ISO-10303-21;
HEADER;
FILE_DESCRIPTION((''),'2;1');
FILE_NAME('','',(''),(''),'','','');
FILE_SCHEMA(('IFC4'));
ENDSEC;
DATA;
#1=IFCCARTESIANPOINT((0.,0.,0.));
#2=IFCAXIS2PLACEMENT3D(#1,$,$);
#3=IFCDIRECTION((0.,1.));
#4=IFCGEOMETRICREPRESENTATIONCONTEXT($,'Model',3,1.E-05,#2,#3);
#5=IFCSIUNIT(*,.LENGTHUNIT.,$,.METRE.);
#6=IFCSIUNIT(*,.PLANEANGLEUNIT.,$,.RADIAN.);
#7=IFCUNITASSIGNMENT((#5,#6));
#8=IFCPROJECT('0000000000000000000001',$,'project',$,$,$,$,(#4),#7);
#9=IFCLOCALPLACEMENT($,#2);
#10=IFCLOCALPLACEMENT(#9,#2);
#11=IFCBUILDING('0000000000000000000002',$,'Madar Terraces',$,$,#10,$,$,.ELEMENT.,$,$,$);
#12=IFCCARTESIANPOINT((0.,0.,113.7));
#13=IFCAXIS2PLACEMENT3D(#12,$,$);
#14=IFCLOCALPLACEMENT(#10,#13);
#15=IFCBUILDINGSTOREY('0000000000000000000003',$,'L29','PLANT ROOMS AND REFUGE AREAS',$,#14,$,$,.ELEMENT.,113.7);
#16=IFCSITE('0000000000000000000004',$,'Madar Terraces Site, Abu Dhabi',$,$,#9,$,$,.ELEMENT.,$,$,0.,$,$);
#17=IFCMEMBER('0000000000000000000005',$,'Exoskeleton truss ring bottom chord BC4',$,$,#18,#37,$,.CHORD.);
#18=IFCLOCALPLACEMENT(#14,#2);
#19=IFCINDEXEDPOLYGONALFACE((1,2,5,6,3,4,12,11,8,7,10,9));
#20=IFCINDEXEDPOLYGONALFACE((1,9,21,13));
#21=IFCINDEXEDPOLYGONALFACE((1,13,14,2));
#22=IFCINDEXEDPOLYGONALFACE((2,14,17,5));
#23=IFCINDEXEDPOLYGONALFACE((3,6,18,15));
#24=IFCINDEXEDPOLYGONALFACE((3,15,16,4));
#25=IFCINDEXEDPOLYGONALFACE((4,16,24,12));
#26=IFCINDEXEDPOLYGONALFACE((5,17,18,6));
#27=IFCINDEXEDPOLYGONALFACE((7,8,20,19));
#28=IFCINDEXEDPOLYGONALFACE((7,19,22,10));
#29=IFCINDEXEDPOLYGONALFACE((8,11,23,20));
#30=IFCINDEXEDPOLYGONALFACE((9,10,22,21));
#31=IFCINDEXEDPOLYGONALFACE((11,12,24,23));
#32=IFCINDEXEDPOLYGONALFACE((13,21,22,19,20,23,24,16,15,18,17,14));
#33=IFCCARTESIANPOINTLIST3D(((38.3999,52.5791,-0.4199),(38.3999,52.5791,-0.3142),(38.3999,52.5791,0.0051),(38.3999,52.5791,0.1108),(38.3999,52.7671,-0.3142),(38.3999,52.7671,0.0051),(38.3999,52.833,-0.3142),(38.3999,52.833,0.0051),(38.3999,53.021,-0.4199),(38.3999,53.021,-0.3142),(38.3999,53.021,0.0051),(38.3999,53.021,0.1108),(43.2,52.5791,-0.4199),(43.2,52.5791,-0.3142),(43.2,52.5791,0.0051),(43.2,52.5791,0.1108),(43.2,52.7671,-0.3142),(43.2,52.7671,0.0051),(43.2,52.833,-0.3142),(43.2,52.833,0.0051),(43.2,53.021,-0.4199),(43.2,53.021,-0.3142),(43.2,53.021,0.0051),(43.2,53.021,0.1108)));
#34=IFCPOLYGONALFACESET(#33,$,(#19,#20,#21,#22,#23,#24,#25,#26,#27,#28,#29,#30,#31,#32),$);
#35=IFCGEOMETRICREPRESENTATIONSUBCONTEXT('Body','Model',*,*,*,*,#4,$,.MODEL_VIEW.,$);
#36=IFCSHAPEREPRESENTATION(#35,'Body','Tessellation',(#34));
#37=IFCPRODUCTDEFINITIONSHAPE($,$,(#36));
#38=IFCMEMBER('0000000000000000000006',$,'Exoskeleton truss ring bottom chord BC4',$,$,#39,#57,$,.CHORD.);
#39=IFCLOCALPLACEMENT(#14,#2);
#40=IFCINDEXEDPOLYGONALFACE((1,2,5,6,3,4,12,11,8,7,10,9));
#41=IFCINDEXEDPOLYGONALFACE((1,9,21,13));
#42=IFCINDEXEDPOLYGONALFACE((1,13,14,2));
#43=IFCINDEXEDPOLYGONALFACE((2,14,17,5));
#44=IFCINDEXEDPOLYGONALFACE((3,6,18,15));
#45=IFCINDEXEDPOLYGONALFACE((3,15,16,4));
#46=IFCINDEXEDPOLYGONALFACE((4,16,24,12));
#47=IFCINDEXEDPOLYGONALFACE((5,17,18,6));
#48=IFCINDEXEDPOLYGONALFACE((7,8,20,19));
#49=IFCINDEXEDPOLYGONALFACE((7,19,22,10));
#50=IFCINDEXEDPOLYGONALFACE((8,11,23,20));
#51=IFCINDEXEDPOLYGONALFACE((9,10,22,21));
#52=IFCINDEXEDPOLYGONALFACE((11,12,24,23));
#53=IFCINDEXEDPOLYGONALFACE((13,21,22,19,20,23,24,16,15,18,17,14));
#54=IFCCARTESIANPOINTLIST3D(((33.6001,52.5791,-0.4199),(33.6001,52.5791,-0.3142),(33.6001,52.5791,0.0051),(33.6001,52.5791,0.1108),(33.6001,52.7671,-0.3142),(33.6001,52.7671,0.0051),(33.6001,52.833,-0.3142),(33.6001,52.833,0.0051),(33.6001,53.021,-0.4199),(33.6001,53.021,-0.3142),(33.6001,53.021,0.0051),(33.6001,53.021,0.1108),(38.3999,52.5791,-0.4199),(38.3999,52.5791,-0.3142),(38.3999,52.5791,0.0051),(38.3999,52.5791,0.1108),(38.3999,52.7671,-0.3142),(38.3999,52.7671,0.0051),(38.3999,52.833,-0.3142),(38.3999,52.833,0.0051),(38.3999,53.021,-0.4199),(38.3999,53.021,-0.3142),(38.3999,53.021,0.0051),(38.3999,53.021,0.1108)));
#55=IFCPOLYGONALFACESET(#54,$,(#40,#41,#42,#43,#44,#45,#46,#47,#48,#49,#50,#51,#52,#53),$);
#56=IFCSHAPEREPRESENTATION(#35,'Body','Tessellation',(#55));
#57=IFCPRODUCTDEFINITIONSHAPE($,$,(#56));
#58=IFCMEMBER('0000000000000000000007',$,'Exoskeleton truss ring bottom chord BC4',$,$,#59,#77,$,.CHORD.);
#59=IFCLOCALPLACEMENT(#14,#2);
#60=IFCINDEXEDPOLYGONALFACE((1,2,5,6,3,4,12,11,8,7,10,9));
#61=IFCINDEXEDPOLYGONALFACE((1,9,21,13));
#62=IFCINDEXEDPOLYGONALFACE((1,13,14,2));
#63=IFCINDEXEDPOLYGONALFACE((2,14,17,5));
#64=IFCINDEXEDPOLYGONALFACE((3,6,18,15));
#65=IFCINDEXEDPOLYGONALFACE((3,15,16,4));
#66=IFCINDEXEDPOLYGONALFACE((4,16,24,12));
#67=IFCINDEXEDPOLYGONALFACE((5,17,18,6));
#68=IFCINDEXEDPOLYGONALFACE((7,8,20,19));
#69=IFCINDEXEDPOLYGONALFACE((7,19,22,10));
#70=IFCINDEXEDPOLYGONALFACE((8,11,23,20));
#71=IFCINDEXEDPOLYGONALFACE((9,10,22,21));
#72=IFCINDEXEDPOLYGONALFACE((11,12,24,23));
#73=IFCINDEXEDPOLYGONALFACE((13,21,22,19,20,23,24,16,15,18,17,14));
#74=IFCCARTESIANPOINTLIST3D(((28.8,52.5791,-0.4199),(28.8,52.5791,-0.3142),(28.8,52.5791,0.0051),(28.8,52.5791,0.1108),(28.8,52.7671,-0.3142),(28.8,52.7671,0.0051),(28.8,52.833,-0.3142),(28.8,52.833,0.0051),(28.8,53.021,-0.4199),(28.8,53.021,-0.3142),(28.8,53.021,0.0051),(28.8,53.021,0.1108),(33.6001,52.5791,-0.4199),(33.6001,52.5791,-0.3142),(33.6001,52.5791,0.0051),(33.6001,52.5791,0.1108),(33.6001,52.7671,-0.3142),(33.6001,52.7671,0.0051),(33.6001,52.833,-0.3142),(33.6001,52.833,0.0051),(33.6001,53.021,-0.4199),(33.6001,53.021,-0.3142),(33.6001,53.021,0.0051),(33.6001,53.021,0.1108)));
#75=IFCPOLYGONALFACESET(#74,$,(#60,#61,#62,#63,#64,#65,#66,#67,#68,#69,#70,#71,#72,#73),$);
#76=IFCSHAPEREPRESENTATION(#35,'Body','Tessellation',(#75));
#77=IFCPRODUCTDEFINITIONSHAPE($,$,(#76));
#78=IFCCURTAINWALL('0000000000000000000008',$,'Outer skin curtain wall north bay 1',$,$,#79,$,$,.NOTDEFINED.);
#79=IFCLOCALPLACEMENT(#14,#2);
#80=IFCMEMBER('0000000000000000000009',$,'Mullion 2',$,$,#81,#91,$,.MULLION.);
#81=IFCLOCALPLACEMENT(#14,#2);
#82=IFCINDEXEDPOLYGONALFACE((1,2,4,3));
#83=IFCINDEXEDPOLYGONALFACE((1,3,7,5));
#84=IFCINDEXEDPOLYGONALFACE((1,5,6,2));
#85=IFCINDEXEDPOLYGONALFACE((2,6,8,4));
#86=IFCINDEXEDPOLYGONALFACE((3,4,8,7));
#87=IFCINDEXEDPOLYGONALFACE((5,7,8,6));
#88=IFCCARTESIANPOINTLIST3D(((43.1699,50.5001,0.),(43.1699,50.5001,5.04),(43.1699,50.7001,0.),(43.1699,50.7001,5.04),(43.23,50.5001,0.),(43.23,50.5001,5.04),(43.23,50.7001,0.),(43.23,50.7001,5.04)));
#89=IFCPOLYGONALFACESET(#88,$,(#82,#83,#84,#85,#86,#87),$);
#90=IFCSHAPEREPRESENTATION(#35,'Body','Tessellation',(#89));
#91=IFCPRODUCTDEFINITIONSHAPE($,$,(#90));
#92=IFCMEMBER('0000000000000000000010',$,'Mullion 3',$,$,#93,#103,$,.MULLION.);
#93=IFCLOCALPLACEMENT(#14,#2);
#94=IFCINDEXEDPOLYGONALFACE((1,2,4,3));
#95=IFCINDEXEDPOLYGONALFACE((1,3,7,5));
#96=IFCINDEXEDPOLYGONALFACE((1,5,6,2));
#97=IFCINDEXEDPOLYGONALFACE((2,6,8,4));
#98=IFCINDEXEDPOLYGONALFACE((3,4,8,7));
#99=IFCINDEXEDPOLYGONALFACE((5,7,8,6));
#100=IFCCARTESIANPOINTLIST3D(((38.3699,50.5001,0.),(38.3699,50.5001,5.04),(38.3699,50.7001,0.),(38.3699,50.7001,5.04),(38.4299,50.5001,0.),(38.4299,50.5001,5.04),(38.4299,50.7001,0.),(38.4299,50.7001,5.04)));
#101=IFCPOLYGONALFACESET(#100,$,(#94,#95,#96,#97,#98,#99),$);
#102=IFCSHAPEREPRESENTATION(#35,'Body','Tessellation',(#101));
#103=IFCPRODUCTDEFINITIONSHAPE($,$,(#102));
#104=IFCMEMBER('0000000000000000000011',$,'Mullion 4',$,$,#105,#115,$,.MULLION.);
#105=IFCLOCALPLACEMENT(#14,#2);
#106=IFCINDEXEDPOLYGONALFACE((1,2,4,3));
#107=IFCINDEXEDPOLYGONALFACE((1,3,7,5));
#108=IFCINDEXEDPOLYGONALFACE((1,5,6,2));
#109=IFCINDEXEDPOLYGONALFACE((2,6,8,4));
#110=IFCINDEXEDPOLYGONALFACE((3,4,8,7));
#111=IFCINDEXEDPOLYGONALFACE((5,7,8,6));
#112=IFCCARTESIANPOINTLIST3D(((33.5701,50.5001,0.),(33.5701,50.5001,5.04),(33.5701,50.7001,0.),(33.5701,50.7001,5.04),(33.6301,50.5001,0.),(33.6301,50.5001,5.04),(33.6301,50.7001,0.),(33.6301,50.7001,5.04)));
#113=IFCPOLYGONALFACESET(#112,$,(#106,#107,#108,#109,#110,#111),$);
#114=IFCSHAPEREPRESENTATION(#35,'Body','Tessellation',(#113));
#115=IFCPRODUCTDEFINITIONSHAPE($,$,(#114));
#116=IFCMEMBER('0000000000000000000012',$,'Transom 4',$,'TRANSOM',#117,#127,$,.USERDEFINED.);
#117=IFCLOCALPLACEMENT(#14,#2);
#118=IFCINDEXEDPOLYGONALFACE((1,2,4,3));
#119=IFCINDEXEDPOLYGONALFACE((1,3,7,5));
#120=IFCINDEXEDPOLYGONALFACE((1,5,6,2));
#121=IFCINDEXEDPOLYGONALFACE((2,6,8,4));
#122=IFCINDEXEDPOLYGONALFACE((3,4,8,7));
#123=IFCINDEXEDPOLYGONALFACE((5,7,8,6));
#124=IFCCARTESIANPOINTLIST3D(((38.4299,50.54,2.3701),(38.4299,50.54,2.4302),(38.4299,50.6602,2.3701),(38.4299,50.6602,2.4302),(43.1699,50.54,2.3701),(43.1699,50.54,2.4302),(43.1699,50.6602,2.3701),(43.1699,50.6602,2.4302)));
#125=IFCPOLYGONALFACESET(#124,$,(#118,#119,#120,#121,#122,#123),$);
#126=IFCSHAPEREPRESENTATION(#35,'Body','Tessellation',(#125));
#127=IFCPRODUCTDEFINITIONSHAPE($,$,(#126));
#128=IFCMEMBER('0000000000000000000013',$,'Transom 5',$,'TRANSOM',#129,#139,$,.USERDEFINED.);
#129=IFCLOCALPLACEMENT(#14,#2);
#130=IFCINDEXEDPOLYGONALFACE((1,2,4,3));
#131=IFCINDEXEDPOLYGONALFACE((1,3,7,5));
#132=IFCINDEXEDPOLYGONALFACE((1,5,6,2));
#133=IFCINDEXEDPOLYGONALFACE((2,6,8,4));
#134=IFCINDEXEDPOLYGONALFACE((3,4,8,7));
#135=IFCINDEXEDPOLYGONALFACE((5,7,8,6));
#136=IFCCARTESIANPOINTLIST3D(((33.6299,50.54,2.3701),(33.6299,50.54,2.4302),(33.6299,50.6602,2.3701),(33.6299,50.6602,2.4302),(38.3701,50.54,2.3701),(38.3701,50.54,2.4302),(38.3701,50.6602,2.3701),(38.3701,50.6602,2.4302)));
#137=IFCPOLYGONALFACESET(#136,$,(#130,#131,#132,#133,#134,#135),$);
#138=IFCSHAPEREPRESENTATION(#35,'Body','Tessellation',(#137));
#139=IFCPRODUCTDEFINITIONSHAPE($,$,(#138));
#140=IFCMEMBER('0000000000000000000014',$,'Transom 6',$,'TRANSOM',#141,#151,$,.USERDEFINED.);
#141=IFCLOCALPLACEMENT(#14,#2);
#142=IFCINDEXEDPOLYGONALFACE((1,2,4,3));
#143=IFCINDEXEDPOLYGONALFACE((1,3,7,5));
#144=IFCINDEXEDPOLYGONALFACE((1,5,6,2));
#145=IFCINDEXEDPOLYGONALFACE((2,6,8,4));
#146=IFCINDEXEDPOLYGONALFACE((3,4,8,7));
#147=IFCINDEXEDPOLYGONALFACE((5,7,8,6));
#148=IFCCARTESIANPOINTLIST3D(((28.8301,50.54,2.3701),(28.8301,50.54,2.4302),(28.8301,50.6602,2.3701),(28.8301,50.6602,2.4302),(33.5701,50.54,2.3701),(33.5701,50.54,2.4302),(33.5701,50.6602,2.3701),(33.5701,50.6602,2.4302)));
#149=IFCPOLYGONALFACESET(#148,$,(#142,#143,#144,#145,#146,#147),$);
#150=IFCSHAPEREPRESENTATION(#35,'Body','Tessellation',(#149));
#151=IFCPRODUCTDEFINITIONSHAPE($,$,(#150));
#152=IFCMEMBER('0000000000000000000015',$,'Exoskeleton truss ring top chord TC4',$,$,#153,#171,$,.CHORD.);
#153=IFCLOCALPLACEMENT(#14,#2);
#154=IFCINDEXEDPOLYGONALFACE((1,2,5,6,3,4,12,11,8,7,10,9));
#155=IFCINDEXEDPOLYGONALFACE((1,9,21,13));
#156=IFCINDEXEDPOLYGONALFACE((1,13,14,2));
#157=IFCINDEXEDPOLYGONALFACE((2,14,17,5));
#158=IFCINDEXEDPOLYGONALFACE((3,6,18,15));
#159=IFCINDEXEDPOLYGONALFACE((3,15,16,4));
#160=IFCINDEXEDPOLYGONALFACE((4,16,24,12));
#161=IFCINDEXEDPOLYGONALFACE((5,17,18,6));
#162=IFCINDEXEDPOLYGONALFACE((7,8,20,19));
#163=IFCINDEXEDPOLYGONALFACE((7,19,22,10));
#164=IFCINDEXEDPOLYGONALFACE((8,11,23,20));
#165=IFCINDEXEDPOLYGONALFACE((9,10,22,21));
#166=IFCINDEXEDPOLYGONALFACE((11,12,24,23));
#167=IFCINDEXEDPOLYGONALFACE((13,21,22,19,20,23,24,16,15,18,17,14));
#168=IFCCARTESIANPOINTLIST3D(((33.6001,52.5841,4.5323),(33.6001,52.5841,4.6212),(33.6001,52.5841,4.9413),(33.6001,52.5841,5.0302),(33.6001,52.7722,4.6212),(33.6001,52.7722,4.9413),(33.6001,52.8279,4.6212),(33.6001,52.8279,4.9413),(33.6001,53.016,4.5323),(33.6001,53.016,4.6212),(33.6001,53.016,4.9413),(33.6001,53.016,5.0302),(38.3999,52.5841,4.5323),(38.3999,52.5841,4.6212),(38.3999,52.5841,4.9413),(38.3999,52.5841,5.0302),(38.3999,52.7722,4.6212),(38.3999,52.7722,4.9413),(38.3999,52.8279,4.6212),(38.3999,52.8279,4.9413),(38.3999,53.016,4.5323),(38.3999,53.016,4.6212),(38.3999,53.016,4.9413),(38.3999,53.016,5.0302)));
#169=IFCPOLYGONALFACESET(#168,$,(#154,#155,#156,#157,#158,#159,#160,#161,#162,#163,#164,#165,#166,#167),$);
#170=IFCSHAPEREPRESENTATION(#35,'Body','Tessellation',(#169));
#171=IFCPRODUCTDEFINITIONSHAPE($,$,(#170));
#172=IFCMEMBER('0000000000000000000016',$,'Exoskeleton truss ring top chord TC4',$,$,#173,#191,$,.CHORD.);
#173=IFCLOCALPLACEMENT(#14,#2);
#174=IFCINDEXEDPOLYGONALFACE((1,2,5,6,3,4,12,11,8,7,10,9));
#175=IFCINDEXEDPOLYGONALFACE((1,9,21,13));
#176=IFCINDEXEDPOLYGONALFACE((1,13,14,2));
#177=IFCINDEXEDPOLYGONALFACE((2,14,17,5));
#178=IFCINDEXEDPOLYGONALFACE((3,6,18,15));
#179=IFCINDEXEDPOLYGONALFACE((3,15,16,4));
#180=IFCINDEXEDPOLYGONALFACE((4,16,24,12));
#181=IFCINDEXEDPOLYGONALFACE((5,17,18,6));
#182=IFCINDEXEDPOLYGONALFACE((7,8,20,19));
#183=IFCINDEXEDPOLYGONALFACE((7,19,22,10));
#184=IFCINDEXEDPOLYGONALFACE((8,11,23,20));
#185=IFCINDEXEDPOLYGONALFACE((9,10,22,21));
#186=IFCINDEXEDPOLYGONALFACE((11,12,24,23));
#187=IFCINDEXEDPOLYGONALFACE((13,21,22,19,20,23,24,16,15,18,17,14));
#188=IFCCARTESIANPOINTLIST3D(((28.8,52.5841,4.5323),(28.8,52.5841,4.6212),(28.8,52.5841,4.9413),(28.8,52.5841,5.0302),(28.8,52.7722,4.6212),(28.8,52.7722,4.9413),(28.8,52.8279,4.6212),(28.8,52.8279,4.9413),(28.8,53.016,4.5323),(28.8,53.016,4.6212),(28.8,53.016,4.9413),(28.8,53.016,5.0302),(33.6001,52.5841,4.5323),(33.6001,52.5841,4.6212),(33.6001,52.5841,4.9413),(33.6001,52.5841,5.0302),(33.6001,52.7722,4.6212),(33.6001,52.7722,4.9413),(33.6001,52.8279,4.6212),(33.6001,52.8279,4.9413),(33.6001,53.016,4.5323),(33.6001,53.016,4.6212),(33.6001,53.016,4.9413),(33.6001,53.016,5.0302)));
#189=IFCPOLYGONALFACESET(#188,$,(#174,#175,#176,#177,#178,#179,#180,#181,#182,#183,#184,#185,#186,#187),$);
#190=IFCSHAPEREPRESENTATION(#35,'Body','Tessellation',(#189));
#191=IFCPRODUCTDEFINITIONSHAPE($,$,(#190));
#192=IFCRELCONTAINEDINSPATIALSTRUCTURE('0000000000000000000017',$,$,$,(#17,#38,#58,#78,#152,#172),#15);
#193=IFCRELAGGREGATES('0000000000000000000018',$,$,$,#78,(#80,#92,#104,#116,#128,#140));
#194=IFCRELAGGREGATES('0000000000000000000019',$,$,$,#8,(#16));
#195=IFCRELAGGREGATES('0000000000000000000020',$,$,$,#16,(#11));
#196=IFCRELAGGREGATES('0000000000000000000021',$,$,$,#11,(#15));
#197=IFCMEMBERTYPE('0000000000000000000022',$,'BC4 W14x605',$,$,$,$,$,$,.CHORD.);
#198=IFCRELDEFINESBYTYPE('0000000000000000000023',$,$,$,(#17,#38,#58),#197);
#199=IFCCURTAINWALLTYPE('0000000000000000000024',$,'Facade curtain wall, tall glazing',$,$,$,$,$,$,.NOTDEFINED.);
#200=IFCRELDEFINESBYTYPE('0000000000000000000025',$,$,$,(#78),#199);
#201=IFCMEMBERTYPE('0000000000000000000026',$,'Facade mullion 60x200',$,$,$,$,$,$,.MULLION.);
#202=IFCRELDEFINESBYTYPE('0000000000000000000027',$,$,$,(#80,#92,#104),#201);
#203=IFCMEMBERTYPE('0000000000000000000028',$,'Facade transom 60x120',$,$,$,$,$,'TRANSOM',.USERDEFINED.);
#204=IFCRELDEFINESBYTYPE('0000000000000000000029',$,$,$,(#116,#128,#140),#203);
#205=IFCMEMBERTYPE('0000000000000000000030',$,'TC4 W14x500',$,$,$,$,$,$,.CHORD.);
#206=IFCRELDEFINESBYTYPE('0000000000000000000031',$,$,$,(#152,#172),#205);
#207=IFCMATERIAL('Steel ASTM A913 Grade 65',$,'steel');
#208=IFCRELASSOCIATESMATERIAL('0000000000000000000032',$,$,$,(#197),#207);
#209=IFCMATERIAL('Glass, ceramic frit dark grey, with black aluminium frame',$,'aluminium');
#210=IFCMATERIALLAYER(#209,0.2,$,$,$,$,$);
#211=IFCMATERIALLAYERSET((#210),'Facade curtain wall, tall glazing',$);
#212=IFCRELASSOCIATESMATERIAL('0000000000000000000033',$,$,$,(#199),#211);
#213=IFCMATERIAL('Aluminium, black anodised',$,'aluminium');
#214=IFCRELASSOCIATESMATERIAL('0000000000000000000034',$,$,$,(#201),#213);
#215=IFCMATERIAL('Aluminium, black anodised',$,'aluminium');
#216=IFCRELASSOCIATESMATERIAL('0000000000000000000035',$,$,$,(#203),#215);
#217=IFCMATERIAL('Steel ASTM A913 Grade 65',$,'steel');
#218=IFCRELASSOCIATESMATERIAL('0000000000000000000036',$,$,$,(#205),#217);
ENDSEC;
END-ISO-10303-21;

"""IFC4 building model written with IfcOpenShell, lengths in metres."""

from ifc_helpers import new_model, si_unit, direction, frame, origin, origin_2d, place, context, subcontext, project, spatial, rectangle, i_section, extrude, material, layer, layer_set, material_profile, profile_set, type_object, element, aggregate, save


model = new_model("IFC4")

# Units and contexts
model_context = context("Model", 3, precision=1e-05, world=origin(), true_north=direction((0.0, 1.0)))
body_context = subcontext(model_context, "Body", "Model", "MODEL_VIEW")
ifc_project = project(units=[si_unit("LENGTHUNIT", "METRE"), si_unit("PLANEANGLEUNIT", "RADIAN")], contexts=[model_context])

# Site, building, storey
site_placement = place(None, origin())
site = spatial("IfcSite", under=ifc_project, at=site_placement, Name="Madar Terraces Site, Abu Dhabi", CompositionType="ELEMENT", RefElevation=0.0)
building_placement = place(site_placement, origin())
building = spatial("IfcBuilding", under=site, at=building_placement, Name="Madar Terraces", CompositionType="ELEMENT")
storey_placement = place(building_placement, frame((0.0, 0.0, 113.7)))
storey = spatial("IfcBuildingStorey", under=building, at=storey_placement, Name="L29", Description="PLANT ROOMS AND REFUGE AREAS", CompositionType="ELEMENT", Elevation=113.7)

# Members
ifc_material_1 = material(Name="Steel ASTM A913 Grade 65", Category="steel")
ifc_material_profile_1 = material_profile(ifc_material_1, i_section(OverallWidth=0.4419, OverallDepth=0.5308, WebThickness=0.0659, FlangeThickness=0.1057, at=origin_2d()), Name="W14x605")
ifc_profile_set_1 = profile_set([ifc_material_profile_1], Name="Steel ASTM A913 Grade 65")
member_type_1 = type_object("IfcMemberType", Name="BC4 W14x605", PredefinedType="CHORD", material=ifc_profile_set_1)
member_1_placement = place(storey_placement, frame((43.2, 52.8, -0.1545), z_axis=(-1.0, 0.0, 0.0), x_axis=(0.0, -1.0, 0.0)))
element("IfcMember", 1, at=member_1_placement, inside=storey, type_object=member_type_1, Name="Exoskeleton truss ring bottom chord BC4", PredefinedType="CHORD", context=body_context, shape_type="SweptSolid", body=[
    extrude(i_section(OverallWidth=0.4419, OverallDepth=0.5308, WebThickness=0.0659, FlangeThickness=0.1057, at=origin_2d()), origin(), (0.0, 0.0, 1.0), 4.8),
])
member_2_placement = place(storey_placement, frame((38.3999, 52.8, -0.1545), z_axis=(-1.0, 0.0, 0.0), x_axis=(0.0, -1.0, 0.0)))
element("IfcMember", 2, at=member_2_placement, inside=storey, type_object=member_type_1, Name="Exoskeleton truss ring bottom chord BC4", PredefinedType="CHORD", context=body_context, shape_type="SweptSolid", body=[
    extrude(i_section(OverallWidth=0.4419, OverallDepth=0.5308, WebThickness=0.0659, FlangeThickness=0.1057, at=origin_2d()), origin(), (0.0, 0.0, 1.0), 4.7998),
])
member_3_placement = place(storey_placement, frame((33.6001, 52.8, -0.1545), z_axis=(-1.0, 0.0, 0.0), x_axis=(0.0, -1.0, 0.0)))
element("IfcMember", 3, at=member_3_placement, inside=storey, type_object=member_type_1, Name="Exoskeleton truss ring bottom chord BC4", PredefinedType="CHORD", context=body_context, shape_type="SweptSolid", body=[
    extrude(i_section(OverallWidth=0.4419, OverallDepth=0.5308, WebThickness=0.0659, FlangeThickness=0.1057, at=origin_2d()), origin(), (0.0, 0.0, 1.0), 4.8),
])

# Curtain wall, members
ifc_material_2 = material(Name="Glass, ceramic frit dark grey, with black aluminium frame", Category="aluminium")
ifc_layer_1 = layer(ifc_material_2, 0.2)
ifc_layer_set_1 = layer_set([ifc_layer_1], Name="Facade curtain wall, tall glazing")
curtain_wall_type = type_object("IfcCurtainWallType", Name="Facade curtain wall, tall glazing", PredefinedType="NOTDEFINED", material=ifc_layer_set_1)
curtain_wall_placement = place(storey_placement, origin())
curtain_wall = element("IfcCurtainWall", 4, at=curtain_wall_placement, inside=storey, type_object=curtain_wall_type, Name="Outer skin curtain wall north bay 1", PredefinedType="NOTDEFINED")
ifc_material_3 = material(Name="Aluminium, black anodised", Category="aluminium")
ifc_material_profile_2 = material_profile(ifc_material_3, rectangle(XDim=0.2, YDim=0.0601, at=origin_2d()), Name="Facade mullion 60x200")
ifc_profile_set_2 = profile_set([ifc_material_profile_2], Name="Aluminium, black anodised")
member_type_2 = type_object("IfcMemberType", Name="Facade mullion 60x200", PredefinedType="MULLION", material=ifc_profile_set_2)
member_4_placement = place(storey_placement, frame((43.2, 50.6001, 0.0), z_axis=(0.0, 0.0, 1.0), x_axis=(0.0, -1.0, 0.0)))
member_4 = element("IfcMember", 5, at=member_4_placement, type_object=member_type_2, Name="Mullion 2", PredefinedType="MULLION", context=body_context, shape_type="SweptSolid", body=[
    extrude(rectangle(XDim=0.2, YDim=0.0601, at=origin_2d()), origin(), (0.0, 0.0, 1.0), 5.04),
])
member_5_placement = place(storey_placement, frame((38.3999, 50.6001, 0.0), z_axis=(0.0, 0.0, 1.0), x_axis=(0.0, -1.0, 0.0)))
member_5 = element("IfcMember", 6, at=member_5_placement, type_object=member_type_2, Name="Mullion 3", PredefinedType="MULLION", context=body_context, shape_type="SweptSolid", body=[
    extrude(rectangle(XDim=0.2, YDim=0.0601, at=origin_2d()), origin(), (0.0, 0.0, 1.0), 5.04),
])
member_6_placement = place(storey_placement, frame((33.6001, 50.6001, 0.0), z_axis=(0.0, 0.0, 1.0), x_axis=(0.0, -1.0, 0.0)))
member_6 = element("IfcMember", 7, at=member_6_placement, type_object=member_type_2, Name="Mullion 4", PredefinedType="MULLION", context=body_context, shape_type="SweptSolid", body=[
    extrude(rectangle(XDim=0.2, YDim=0.0601, at=origin_2d()), origin(), (0.0, 0.0, 1.0), 5.04),
])
ifc_material_4 = material(Name="Aluminium, black anodised", Category="aluminium")
ifc_material_profile_3 = material_profile(ifc_material_4, rectangle(XDim=0.1201, YDim=0.0601, at=origin_2d()), Name="Facade transom 60x120")
ifc_profile_set_3 = profile_set([ifc_material_profile_3], Name="Aluminium, black anodised")
member_type_3 = type_object("IfcMemberType", Name="Facade transom 60x120", ElementType="TRANSOM", PredefinedType="USERDEFINED", material=ifc_profile_set_3)
member_7_placement = place(storey_placement, frame((43.1699, 50.6001, 2.4001), z_axis=(-1.0, 0.0, 0.0), x_axis=(0.0, -1.0, 0.0)))
member_7 = element("IfcMember", 8, at=member_7_placement, type_object=member_type_3, Name="Transom 4", ObjectType="TRANSOM", PredefinedType="USERDEFINED", context=body_context, shape_type="SweptSolid", body=[
    extrude(rectangle(XDim=0.1201, YDim=0.0601, at=origin_2d()), origin(), (0.0, 0.0, 1.0), 4.74),
])
member_8_placement = place(storey_placement, frame((38.3701, 50.6001, 2.4001), z_axis=(-1.0, 0.0, 0.0), x_axis=(0.0, -1.0, 0.0)))
member_8 = element("IfcMember", 9, at=member_8_placement, type_object=member_type_3, Name="Transom 5", ObjectType="TRANSOM", PredefinedType="USERDEFINED", context=body_context, shape_type="SweptSolid", body=[
    extrude(rectangle(XDim=0.1201, YDim=0.0601, at=origin_2d()), origin(), (0.0, 0.0, 1.0), 4.7402),
])
member_9_placement = place(storey_placement, frame((33.5701, 50.6001, 2.4001), z_axis=(-1.0, 0.0, 0.0), x_axis=(0.0, -1.0, 0.0)))
member_9 = element("IfcMember", 10, at=member_9_placement, type_object=member_type_3, Name="Transom 6", ObjectType="TRANSOM", PredefinedType="USERDEFINED", context=body_context, shape_type="SweptSolid", body=[
    extrude(rectangle(XDim=0.1201, YDim=0.0601, at=origin_2d()), origin(), (0.0, 0.0, 1.0), 4.74),
])

# Members
ifc_material_5 = material(Name="Steel ASTM A913 Grade 65", Category="steel")
ifc_material_profile_4 = material_profile(ifc_material_5, i_section(OverallWidth=0.4319, OverallDepth=0.4978, WebThickness=0.0557, FlangeThickness=0.0889, at=origin_2d()), Name="W14x500")
ifc_profile_set_4 = profile_set([ifc_material_profile_4], Name="Steel ASTM A913 Grade 65")
member_type_4 = type_object("IfcMemberType", Name="TC4 W14x500", PredefinedType="CHORD", material=ifc_profile_set_4)
member_10_placement = place(storey_placement, frame((38.3999, 52.8, 4.7812), z_axis=(-1.0, 0.0, 0.0), x_axis=(0.0, -1.0, 0.0)))
element("IfcMember", 11, at=member_10_placement, inside=storey, type_object=member_type_4, Name="Exoskeleton truss ring top chord TC4", PredefinedType="CHORD", context=body_context, shape_type="SweptSolid", body=[
    extrude(i_section(OverallWidth=0.4319, OverallDepth=0.4978, WebThickness=0.0557, FlangeThickness=0.0889, at=origin_2d()), origin(), (0.0, 0.0, 1.0), 4.7998),
])
member_11_placement = place(storey_placement, frame((33.6001, 52.8, 4.7812), z_axis=(-1.0, 0.0, 0.0), x_axis=(0.0, -1.0, 0.0)))
element("IfcMember", 12, at=member_11_placement, inside=storey, type_object=member_type_4, Name="Exoskeleton truss ring top chord TC4", PredefinedType="CHORD", context=body_context, shape_type="SweptSolid", body=[
    extrude(i_section(OverallWidth=0.4319, OverallDepth=0.4978, WebThickness=0.0557, FlangeThickness=0.0889, at=origin_2d()), origin(), (0.0, 0.0, 1.0), 4.8),
])

aggregate(curtain_wall, [member_4, member_5, member_6, member_7, member_8, member_9])

save(model, "model.ifc")
